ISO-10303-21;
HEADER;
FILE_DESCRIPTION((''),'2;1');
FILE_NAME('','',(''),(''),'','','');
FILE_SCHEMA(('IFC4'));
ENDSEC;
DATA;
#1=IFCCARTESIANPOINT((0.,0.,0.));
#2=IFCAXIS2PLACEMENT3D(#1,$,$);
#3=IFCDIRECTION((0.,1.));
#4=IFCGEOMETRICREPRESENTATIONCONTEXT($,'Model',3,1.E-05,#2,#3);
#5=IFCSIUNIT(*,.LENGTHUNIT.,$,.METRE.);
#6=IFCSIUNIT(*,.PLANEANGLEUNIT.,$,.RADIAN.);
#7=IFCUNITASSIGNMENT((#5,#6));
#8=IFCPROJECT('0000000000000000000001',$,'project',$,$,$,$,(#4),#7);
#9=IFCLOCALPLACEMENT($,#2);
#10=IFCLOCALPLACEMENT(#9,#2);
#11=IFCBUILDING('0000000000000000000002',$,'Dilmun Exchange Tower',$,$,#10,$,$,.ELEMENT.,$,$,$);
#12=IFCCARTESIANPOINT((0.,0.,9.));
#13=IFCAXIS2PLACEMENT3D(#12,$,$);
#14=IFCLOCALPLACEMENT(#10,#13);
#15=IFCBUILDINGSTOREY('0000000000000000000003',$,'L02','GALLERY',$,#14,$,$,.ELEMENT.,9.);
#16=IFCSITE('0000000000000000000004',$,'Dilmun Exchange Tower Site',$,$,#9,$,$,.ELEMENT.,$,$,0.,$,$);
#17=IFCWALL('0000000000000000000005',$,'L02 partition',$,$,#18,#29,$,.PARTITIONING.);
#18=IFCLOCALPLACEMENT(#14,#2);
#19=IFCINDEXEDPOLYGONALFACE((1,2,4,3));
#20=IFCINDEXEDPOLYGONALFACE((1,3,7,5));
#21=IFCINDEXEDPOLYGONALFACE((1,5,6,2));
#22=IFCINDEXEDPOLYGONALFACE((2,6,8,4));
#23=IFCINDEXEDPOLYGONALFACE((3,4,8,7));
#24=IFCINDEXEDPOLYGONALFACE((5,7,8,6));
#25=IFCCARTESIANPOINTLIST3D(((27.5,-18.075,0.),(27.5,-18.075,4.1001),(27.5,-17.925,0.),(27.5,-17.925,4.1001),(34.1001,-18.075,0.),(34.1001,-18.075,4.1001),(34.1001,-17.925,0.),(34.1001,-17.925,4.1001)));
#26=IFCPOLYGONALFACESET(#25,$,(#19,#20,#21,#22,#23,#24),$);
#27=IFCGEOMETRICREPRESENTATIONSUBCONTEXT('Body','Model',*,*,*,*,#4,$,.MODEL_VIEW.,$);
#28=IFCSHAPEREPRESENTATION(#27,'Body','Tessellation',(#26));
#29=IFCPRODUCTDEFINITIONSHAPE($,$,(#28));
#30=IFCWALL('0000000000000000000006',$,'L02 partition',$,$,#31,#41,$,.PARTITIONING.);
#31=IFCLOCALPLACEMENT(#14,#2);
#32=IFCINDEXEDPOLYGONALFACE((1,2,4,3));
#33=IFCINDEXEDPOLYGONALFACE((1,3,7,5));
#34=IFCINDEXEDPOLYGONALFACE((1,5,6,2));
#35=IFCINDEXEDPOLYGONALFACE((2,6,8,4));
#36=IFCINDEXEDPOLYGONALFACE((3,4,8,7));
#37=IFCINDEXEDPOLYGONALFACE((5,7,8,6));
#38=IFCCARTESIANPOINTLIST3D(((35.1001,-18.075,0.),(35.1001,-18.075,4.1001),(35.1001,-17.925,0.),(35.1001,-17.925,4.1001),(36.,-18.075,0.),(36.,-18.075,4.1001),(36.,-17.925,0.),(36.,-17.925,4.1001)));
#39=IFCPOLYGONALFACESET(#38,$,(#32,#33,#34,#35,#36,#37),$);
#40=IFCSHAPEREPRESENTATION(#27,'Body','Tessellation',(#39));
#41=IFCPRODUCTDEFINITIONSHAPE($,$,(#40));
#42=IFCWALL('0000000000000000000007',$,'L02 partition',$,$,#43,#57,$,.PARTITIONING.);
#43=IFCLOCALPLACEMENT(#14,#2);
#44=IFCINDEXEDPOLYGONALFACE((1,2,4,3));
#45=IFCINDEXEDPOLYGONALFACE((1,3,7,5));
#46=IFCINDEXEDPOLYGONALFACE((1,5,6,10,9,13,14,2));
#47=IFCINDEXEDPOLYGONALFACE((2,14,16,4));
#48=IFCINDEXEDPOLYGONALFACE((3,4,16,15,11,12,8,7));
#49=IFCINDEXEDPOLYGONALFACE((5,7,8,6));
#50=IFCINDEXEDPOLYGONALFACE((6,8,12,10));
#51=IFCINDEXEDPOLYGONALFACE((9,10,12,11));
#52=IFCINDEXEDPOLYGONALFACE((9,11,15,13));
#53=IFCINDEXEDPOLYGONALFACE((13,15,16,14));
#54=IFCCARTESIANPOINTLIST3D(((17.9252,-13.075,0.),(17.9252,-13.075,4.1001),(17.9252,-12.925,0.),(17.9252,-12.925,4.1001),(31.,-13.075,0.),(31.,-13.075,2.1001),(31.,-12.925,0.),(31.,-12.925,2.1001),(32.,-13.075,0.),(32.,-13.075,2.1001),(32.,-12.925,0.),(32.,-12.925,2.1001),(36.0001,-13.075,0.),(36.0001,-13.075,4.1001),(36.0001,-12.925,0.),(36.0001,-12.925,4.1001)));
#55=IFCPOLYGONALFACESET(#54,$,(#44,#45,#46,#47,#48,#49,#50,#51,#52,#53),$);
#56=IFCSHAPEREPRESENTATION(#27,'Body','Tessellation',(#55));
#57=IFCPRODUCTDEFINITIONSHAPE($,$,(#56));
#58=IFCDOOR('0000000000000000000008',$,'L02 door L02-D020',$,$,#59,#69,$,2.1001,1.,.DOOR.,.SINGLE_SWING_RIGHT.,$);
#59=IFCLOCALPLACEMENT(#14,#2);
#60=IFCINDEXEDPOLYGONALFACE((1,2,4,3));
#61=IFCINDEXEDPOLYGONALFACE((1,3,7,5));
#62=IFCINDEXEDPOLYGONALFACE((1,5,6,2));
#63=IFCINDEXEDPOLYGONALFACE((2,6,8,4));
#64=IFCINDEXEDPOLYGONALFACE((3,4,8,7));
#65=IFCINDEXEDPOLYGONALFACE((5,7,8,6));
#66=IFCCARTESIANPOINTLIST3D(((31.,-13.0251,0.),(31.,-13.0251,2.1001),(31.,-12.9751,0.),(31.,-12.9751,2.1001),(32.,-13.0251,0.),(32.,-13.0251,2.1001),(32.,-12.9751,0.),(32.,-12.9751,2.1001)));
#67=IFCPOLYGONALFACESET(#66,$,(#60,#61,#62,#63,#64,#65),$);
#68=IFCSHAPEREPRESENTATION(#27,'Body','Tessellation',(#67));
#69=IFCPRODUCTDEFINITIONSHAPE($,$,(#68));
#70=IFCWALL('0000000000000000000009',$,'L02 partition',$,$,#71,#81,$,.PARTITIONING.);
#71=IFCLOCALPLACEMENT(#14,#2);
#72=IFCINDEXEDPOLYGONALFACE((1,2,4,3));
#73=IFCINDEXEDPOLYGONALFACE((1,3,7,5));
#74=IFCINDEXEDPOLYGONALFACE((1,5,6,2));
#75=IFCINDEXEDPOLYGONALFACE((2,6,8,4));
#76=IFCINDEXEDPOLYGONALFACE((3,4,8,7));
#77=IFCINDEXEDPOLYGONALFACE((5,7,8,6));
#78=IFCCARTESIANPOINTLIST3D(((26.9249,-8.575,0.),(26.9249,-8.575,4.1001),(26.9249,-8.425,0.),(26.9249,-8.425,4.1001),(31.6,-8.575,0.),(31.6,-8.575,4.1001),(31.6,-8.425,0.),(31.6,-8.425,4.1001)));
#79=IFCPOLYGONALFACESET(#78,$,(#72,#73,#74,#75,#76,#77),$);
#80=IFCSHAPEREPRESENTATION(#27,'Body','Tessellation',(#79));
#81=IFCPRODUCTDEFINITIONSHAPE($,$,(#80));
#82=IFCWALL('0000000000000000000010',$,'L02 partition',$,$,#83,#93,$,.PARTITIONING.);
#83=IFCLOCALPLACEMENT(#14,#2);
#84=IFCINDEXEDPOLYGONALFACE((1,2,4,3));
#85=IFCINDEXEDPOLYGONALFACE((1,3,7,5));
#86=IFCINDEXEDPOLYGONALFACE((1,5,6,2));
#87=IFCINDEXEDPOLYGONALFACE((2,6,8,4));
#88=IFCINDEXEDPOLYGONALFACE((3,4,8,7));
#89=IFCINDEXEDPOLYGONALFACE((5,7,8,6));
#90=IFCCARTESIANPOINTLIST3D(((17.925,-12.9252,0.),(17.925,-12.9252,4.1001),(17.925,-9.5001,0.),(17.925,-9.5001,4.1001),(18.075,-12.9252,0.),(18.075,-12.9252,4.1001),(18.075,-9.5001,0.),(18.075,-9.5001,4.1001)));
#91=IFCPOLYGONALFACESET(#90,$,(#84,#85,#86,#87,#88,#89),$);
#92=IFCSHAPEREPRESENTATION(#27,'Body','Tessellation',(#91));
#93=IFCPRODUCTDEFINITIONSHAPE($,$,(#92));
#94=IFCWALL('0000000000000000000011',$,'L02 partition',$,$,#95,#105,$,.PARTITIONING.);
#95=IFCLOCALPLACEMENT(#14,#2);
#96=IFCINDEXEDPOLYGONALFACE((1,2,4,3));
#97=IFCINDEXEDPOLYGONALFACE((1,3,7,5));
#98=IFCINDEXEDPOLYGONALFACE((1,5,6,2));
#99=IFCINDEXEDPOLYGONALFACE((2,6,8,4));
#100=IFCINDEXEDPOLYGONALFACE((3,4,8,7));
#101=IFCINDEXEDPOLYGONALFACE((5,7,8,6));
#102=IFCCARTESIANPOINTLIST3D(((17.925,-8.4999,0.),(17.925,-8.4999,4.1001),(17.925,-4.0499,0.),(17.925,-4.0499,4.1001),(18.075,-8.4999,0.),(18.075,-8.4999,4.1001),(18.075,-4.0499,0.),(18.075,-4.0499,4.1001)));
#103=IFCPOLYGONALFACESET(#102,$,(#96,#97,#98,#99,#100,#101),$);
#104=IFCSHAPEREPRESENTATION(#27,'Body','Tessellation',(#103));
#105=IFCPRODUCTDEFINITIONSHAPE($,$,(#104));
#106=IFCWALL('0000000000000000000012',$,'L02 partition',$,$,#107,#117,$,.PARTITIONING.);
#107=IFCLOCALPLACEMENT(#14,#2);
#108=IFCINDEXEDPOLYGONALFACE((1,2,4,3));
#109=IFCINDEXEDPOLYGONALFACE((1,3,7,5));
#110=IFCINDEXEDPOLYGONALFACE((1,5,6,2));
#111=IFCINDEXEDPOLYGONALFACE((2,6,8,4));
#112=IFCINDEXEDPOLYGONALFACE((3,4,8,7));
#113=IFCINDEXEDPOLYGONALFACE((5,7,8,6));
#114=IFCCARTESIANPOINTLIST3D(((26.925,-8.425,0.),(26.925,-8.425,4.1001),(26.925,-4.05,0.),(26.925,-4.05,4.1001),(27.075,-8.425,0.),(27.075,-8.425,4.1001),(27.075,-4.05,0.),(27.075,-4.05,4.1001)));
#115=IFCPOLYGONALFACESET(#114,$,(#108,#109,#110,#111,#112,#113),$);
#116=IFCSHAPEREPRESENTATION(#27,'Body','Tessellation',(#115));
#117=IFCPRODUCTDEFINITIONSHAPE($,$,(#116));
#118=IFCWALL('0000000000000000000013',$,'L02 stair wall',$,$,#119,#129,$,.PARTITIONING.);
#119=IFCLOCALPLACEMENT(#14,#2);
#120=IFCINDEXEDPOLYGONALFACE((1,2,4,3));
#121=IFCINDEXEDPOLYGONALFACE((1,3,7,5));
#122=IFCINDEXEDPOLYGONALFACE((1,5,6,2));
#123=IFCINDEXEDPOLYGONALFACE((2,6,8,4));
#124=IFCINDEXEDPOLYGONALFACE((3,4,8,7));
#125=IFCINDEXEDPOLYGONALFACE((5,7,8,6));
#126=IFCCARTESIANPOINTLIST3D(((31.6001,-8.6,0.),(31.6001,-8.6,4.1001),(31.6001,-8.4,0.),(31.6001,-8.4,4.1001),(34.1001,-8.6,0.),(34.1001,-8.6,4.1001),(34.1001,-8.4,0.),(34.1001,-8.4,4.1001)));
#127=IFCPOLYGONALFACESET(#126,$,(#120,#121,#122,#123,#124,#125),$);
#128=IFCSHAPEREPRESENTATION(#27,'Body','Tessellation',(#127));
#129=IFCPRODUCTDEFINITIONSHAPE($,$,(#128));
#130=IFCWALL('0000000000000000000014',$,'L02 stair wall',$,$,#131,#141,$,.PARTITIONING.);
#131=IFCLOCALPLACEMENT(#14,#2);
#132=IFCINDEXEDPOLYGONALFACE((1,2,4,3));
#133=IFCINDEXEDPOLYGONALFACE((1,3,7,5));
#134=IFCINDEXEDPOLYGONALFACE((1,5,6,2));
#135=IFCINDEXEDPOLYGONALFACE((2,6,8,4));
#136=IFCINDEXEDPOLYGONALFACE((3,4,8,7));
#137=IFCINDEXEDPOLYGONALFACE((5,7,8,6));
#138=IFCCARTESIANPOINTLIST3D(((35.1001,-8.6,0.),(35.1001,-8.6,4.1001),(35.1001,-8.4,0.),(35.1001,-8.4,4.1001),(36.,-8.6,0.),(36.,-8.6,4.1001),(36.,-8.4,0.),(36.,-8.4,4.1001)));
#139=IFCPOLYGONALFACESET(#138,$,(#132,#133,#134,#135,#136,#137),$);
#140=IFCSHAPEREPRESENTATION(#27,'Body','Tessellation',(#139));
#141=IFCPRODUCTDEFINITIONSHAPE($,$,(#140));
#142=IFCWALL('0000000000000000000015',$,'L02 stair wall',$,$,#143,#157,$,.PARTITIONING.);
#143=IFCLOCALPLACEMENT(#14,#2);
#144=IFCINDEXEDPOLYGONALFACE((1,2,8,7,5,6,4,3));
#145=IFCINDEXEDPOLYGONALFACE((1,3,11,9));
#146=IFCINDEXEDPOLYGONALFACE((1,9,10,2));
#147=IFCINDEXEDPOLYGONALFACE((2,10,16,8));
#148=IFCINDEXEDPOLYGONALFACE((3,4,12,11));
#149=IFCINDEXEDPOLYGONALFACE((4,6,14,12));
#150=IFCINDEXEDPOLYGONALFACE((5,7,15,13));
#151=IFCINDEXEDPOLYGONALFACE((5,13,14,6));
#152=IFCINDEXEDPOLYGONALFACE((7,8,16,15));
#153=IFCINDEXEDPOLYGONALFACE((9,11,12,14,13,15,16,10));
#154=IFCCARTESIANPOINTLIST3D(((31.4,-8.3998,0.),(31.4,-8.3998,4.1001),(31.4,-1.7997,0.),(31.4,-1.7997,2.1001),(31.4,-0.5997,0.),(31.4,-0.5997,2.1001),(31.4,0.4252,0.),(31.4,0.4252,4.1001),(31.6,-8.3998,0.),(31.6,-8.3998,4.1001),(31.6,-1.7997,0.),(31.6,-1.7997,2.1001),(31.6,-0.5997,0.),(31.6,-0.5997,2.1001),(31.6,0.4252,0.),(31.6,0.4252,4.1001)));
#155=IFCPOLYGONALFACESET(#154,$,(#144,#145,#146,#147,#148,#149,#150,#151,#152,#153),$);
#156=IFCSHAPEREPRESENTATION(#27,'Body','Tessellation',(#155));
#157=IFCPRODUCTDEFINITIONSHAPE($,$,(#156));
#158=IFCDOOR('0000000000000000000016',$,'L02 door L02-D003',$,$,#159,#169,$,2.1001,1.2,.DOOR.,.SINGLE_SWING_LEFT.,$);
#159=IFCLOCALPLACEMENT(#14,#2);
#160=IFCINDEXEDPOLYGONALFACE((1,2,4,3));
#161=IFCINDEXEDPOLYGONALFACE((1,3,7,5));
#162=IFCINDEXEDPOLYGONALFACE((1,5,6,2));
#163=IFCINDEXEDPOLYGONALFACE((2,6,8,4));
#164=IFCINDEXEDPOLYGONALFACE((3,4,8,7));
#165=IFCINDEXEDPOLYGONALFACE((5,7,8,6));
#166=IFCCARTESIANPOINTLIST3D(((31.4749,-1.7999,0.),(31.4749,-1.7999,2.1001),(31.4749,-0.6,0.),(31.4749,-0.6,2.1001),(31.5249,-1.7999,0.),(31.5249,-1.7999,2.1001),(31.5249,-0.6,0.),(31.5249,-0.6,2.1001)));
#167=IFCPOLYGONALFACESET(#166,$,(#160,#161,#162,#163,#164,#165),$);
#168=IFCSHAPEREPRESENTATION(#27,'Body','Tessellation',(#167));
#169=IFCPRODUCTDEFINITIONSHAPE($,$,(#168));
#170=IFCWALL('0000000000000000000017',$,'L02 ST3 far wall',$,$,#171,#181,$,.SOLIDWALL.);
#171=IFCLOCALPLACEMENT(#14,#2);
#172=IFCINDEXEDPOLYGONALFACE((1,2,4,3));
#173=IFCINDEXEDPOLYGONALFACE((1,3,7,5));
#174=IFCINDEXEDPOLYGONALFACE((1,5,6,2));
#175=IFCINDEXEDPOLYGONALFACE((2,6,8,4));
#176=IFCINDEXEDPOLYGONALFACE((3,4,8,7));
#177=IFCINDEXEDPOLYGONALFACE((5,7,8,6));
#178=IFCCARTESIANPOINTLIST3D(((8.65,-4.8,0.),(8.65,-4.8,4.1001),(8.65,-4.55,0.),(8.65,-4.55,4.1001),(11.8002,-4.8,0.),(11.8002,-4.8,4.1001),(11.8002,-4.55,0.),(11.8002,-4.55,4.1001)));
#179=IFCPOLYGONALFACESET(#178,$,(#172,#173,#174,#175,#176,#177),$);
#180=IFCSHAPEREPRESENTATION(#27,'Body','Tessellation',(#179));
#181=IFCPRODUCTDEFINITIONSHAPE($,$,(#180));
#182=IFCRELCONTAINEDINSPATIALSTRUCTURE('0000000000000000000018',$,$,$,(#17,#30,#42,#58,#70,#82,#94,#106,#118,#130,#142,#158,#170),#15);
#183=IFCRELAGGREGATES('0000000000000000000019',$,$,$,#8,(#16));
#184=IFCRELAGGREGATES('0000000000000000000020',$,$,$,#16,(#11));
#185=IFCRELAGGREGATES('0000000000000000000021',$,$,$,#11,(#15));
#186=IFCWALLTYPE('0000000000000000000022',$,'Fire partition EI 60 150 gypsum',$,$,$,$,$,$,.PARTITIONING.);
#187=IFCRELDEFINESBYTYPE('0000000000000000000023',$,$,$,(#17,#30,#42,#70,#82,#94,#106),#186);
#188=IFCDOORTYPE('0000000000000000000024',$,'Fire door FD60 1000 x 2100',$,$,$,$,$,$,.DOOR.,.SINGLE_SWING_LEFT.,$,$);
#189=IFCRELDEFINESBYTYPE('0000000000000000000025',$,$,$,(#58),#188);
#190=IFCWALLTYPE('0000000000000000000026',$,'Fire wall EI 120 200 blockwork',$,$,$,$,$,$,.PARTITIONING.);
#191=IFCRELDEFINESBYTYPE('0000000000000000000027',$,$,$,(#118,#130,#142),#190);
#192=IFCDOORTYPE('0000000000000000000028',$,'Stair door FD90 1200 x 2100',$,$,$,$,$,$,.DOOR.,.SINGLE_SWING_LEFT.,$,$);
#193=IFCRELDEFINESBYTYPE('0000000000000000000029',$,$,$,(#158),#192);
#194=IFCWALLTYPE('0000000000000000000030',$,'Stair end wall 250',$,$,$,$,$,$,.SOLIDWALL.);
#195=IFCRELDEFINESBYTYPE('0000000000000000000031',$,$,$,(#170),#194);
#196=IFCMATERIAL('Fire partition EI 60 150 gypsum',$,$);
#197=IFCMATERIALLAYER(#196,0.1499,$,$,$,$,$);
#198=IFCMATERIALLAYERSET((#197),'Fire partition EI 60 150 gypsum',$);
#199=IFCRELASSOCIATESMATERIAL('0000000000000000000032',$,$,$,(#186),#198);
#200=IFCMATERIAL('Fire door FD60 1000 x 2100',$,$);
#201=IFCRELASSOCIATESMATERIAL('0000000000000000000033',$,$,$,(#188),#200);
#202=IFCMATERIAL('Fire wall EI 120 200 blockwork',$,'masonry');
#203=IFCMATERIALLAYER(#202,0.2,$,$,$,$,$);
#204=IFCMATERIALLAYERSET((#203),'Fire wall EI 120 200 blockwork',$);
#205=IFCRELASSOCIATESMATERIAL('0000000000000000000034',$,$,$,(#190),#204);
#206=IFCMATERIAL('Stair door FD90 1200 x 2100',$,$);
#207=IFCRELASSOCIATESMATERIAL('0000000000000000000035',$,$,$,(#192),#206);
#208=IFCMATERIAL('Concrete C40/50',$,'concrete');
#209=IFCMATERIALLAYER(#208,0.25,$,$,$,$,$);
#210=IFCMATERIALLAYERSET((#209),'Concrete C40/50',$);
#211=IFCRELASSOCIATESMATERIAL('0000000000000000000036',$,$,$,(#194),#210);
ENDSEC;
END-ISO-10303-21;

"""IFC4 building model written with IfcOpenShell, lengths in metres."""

from ifc_helpers import new_model, si_unit, direction, frame, frame_2d, origin, place, context, subcontext, project, spatial, rectangle, extrude, material, layer, layer_set, type_object, element, fill, save


model = new_model("IFC4")

# Units and contexts
model_context = context("Model", 3, precision=1e-05, world=origin(), true_north=direction((0.0, 1.0)))
body_context = subcontext(model_context, "Body", "Model", "MODEL_VIEW")
ifc_project = project(units=[si_unit("LENGTHUNIT", "METRE"), si_unit("PLANEANGLEUNIT", "RADIAN")], contexts=[model_context])

# Site, building, storey
site_placement = place(None, origin())
site = spatial("IfcSite", under=ifc_project, at=site_placement, Name="Dilmun Exchange Tower Site", CompositionType="ELEMENT", RefElevation=0.0)
building_placement = place(site_placement, origin())
building = spatial("IfcBuilding", under=site, at=building_placement, Name="Dilmun Exchange Tower", CompositionType="ELEMENT")
storey_placement = place(building_placement, frame((0.0, 0.0, 9.0)))
storey = spatial("IfcBuildingStorey", under=building, at=storey_placement, Name="L02", Description="GALLERY", CompositionType="ELEMENT", Elevation=9.0)

# Shared definitions
ifc_material_1 = material(Name="Fire partition EI 60 150 gypsum")
ifc_layer_1 = layer(ifc_material_1, 0.1499)
ifc_layer_set_1 = layer_set([ifc_layer_1], Name="Fire partition EI 60 150 gypsum")
wall_type_1 = type_object("IfcWallType", Name="Fire partition EI 60 150 gypsum", PredefinedType="PARTITIONING", material=ifc_layer_set_1)
ifc_material_2 = material(Name="Fire door FD60 1000 x 2100")
door_type_1 = type_object("IfcDoorType", Name="Fire door FD60 1000 x 2100", OperationType="SINGLE_SWING_LEFT", PredefinedType="DOOR", material=ifc_material_2)

# Walls
wall_1_placement = place(storey_placement, frame((27.5, -18.0, 0.0), z_axis=(0.0, 0.0, 1.0), x_axis=(1.0, 0.0, 0.0)))
element("IfcWall", 1, at=wall_1_placement, inside=storey, type_object=wall_type_1, Name="L02 partition", PredefinedType="PARTITIONING", context=body_context, shape_type="SweptSolid", body=[
    extrude(rectangle(XDim=6.6001, YDim=0.1499, at=frame_2d((3.3, 0.0))), origin(), (0.0, 0.0, 1.0), 4.1001),
])
wall_2_placement = place(storey_placement, frame((35.1001, -18.0, 0.0), z_axis=(0.0, 0.0, 1.0), x_axis=(1.0, 0.0, 0.0)))
element("IfcWall", 2, at=wall_2_placement, inside=storey, type_object=wall_type_1, Name="L02 partition", PredefinedType="PARTITIONING", context=body_context, shape_type="SweptSolid", body=[
    extrude(rectangle(XDim=0.8999, YDim=0.1499, at=frame_2d((0.45, 0.0))), origin(), (0.0, 0.0, 1.0), 4.1001),
])

# Wall, opening, door
wall_3_placement = place(storey_placement, frame((17.925, -13.0, 0.0), z_axis=(0.0, 0.0, 1.0), x_axis=(1.0, 0.0, 0.0)))
wall_3 = element("IfcWall", 3, at=wall_3_placement, inside=storey, type_object=wall_type_1, Name="L02 partition", PredefinedType="PARTITIONING", context=body_context, shape_type="SweptSolid", body=[
    extrude(rectangle(XDim=18.075, YDim=0.1499, at=frame_2d((9.0376, 0.0))), origin(), (0.0, 0.0, 1.0), 4.1001),
])
opening_1_placement = place(wall_3_placement, frame((13.075, 0.0, 0.0)))
opening_1 = element("IfcOpeningElement", 4, at=opening_1_placement, cuts=wall_3, PredefinedType="OPENING", context=body_context, shape_type="SweptSolid", body=[
    extrude(rectangle(XDim=1.0, YDim=2.1001, at=frame_2d((0.5, 1.05))), frame((0.0, 0.085, 0.0), z_axis=(0.0, -1.0, 0.0), x_axis=(1.0, 0.0, 0.0)), (0.0, 0.0, 1.0), 0.1699),
])
door_1_placement = place(opening_1_placement, origin())
door_1 = element("IfcDoor", 5, at=door_1_placement, inside=storey, type_object=door_type_1, Name="L02 door L02-D020", OperationType="SINGLE_SWING_RIGHT", OverallHeight=2.1001, OverallWidth=1.0, PredefinedType="DOOR", context=body_context, shape_type="SweptSolid", body=[
    extrude(rectangle(XDim=1.0, YDim=2.1001, at=frame_2d((0.5, 1.05))), frame((0.0, 0.0249, 0.0), z_axis=(0.0, -1.0, 0.0), x_axis=(1.0, 0.0, 0.0)), (0.0, 0.0, 1.0), 0.05),
])
fill(opening_1, door_1)

# Walls
wall_4_placement = place(storey_placement, frame((26.925, -8.5, 0.0), z_axis=(0.0, 0.0, 1.0), x_axis=(1.0, 0.0, 0.0)))
element("IfcWall", 6, at=wall_4_placement, inside=storey, type_object=wall_type_1, Name="L02 partition", PredefinedType="PARTITIONING", context=body_context, shape_type="SweptSolid", body=[
    extrude(rectangle(XDim=4.675, YDim=0.1499, at=frame_2d((2.3374, 0.0))), origin(), (0.0, 0.0, 1.0), 4.1001),
])
wall_5_placement = place(storey_placement, frame((18.0, -12.925, 0.0), z_axis=(0.0, 0.0, 1.0), x_axis=(0.0, 1.0, 0.0)))
element("IfcWall", 7, at=wall_5_placement, inside=storey, type_object=wall_type_1, Name="L02 partition", PredefinedType="PARTITIONING", context=body_context, shape_type="SweptSolid", body=[
    extrude(rectangle(XDim=3.425, YDim=0.1499, at=frame_2d((1.7124, 0.0))), origin(), (0.0, 0.0, 1.0), 4.1001),
])
wall_6_placement = place(storey_placement, frame((18.0, -8.5, 0.0), z_axis=(0.0, 0.0, 1.0), x_axis=(0.0, 1.0, 0.0)))
element("IfcWall", 8, at=wall_6_placement, inside=storey, type_object=wall_type_1, Name="L02 partition", PredefinedType="PARTITIONING", context=body_context, shape_type="SweptSolid", body=[
    extrude(rectangle(XDim=4.45, YDim=0.1499, at=frame_2d((2.2251, 0.0))), origin(), (0.0, 0.0, 1.0), 4.1001),
])
wall_7_placement = place(storey_placement, frame((27.0, -8.425, 0.0), z_axis=(0.0, 0.0, 1.0), x_axis=(0.0, 1.0, 0.0)))
element("IfcWall", 9, at=wall_7_placement, inside=storey, type_object=wall_type_1, Name="L02 partition", PredefinedType="PARTITIONING", context=body_context, shape_type="SweptSolid", body=[
    extrude(rectangle(XDim=4.375, YDim=0.1499, at=frame_2d((2.1875, 0.0))), origin(), (0.0, 0.0, 1.0), 4.1001),
])
ifc_material_3 = material(Name="Fire wall EI 120 200 blockwork", Category="masonry")
ifc_layer_2 = layer(ifc_material_3, 0.2)
ifc_layer_set_2 = layer_set([ifc_layer_2], Name="Fire wall EI 120 200 blockwork")
wall_type_2 = type_object("IfcWallType", Name="Fire wall EI 120 200 blockwork", PredefinedType="PARTITIONING", material=ifc_layer_set_2)
wall_8_placement = place(storey_placement, frame((31.6001, -8.5, 0.0), z_axis=(0.0, 0.0, 1.0), x_axis=(1.0, 0.0, 0.0)))
element("IfcWall", 10, at=wall_8_placement, inside=storey, type_object=wall_type_2, Name="L02 stair wall", PredefinedType="PARTITIONING", context=body_context, shape_type="SweptSolid", body=[
    extrude(rectangle(XDim=2.5, YDim=0.2, at=frame_2d((1.25, 0.0))), origin(), (0.0, 0.0, 1.0), 4.1001),
])
wall_9_placement = place(storey_placement, frame((35.1001, -8.5, 0.0), z_axis=(0.0, 0.0, 1.0), x_axis=(1.0, 0.0, 0.0)))
element("IfcWall", 11, at=wall_9_placement, inside=storey, type_object=wall_type_2, Name="L02 stair wall", PredefinedType="PARTITIONING", context=body_context, shape_type="SweptSolid", body=[
    extrude(rectangle(XDim=0.8999, YDim=0.2, at=frame_2d((0.45, 0.0))), origin(), (0.0, 0.0, 1.0), 4.1001),
])

# Wall, opening, door
wall_10_placement = place(storey_placement, frame((31.5, -8.3999, 0.0), z_axis=(0.0, 0.0, 1.0), x_axis=(0.0, 1.0, 0.0)))
wall_10 = element("IfcWall", 12, at=wall_10_placement, inside=storey, type_object=wall_type_2, Name="L02 stair wall", PredefinedType="PARTITIONING", context=body_context, shape_type="SweptSolid", body=[
    extrude(rectangle(XDim=8.825, YDim=0.2, at=frame_2d((4.4126, 0.0))), origin(), (0.0, 0.0, 1.0), 4.1001),
])
opening_2_placement = place(wall_10_placement, frame((6.6001, 0.0, 0.0)))
opening_2 = element("IfcOpeningElement", 13, at=opening_2_placement, cuts=wall_10, PredefinedType="OPENING", context=body_context, shape_type="SweptSolid", body=[
    extrude(rectangle(XDim=1.2, YDim=2.1001, at=frame_2d((0.6001, 1.05))), frame((0.0, 0.1099, 0.0), z_axis=(0.0, -1.0, 0.0), x_axis=(1.0, 0.0, 0.0)), (0.0, 0.0, 1.0), 0.22),
])
ifc_material_4 = material(Name="Stair door FD90 1200 x 2100")
door_type_2 = type_object("IfcDoorType", Name="Stair door FD90 1200 x 2100", OperationType="SINGLE_SWING_LEFT", PredefinedType="DOOR", material=ifc_material_4)
door_2_placement = place(opening_2_placement, frame((1.2, 0.0, 0.0), z_axis=(0.0, 0.0, 1.0), x_axis=(-1.0, 0.0, 0.0)))
door_2 = element("IfcDoor", 14, at=door_2_placement, inside=storey, type_object=door_type_2, Name="L02 door L02-D003", OperationType="SINGLE_SWING_LEFT", OverallHeight=2.1001, OverallWidth=1.2, PredefinedType="DOOR", context=body_context, shape_type="SweptSolid", body=[
    extrude(rectangle(XDim=1.2, YDim=2.1001, at=frame_2d((0.6001, 1.05))), frame((0.0, 0.0249, 0.0), z_axis=(0.0, -1.0, 0.0), x_axis=(1.0, 0.0, 0.0)), (0.0, 0.0, 1.0), 0.05),
])
fill(opening_2, door_2)

# Wall
ifc_material_5 = material(Name="Concrete C40/50", Category="concrete")
ifc_layer_3 = layer(ifc_material_5, 0.25)
ifc_layer_set_3 = layer_set([ifc_layer_3], Name="Concrete C40/50")
wall_type_3 = type_object("IfcWallType", Name="Stair end wall 250", PredefinedType="SOLIDWALL", material=ifc_layer_set_3)
wall_11_placement = place(storey_placement, frame((8.6499, -4.675, 0.0), z_axis=(0.0, 0.0, 1.0), x_axis=(1.0, 0.0, 0.0)))
element("IfcWall", 15, at=wall_11_placement, inside=storey, type_object=wall_type_3, Name="L02 ST3 far wall", PredefinedType="SOLIDWALL", context=body_context, shape_type="SweptSolid", body=[
    extrude(rectangle(XDim=3.1501, YDim=0.25, at=frame_2d((1.5752, 0.0))), origin(), (0.0, 0.0, 1.0), 4.1001),
])

save(model, "model.ifc")
